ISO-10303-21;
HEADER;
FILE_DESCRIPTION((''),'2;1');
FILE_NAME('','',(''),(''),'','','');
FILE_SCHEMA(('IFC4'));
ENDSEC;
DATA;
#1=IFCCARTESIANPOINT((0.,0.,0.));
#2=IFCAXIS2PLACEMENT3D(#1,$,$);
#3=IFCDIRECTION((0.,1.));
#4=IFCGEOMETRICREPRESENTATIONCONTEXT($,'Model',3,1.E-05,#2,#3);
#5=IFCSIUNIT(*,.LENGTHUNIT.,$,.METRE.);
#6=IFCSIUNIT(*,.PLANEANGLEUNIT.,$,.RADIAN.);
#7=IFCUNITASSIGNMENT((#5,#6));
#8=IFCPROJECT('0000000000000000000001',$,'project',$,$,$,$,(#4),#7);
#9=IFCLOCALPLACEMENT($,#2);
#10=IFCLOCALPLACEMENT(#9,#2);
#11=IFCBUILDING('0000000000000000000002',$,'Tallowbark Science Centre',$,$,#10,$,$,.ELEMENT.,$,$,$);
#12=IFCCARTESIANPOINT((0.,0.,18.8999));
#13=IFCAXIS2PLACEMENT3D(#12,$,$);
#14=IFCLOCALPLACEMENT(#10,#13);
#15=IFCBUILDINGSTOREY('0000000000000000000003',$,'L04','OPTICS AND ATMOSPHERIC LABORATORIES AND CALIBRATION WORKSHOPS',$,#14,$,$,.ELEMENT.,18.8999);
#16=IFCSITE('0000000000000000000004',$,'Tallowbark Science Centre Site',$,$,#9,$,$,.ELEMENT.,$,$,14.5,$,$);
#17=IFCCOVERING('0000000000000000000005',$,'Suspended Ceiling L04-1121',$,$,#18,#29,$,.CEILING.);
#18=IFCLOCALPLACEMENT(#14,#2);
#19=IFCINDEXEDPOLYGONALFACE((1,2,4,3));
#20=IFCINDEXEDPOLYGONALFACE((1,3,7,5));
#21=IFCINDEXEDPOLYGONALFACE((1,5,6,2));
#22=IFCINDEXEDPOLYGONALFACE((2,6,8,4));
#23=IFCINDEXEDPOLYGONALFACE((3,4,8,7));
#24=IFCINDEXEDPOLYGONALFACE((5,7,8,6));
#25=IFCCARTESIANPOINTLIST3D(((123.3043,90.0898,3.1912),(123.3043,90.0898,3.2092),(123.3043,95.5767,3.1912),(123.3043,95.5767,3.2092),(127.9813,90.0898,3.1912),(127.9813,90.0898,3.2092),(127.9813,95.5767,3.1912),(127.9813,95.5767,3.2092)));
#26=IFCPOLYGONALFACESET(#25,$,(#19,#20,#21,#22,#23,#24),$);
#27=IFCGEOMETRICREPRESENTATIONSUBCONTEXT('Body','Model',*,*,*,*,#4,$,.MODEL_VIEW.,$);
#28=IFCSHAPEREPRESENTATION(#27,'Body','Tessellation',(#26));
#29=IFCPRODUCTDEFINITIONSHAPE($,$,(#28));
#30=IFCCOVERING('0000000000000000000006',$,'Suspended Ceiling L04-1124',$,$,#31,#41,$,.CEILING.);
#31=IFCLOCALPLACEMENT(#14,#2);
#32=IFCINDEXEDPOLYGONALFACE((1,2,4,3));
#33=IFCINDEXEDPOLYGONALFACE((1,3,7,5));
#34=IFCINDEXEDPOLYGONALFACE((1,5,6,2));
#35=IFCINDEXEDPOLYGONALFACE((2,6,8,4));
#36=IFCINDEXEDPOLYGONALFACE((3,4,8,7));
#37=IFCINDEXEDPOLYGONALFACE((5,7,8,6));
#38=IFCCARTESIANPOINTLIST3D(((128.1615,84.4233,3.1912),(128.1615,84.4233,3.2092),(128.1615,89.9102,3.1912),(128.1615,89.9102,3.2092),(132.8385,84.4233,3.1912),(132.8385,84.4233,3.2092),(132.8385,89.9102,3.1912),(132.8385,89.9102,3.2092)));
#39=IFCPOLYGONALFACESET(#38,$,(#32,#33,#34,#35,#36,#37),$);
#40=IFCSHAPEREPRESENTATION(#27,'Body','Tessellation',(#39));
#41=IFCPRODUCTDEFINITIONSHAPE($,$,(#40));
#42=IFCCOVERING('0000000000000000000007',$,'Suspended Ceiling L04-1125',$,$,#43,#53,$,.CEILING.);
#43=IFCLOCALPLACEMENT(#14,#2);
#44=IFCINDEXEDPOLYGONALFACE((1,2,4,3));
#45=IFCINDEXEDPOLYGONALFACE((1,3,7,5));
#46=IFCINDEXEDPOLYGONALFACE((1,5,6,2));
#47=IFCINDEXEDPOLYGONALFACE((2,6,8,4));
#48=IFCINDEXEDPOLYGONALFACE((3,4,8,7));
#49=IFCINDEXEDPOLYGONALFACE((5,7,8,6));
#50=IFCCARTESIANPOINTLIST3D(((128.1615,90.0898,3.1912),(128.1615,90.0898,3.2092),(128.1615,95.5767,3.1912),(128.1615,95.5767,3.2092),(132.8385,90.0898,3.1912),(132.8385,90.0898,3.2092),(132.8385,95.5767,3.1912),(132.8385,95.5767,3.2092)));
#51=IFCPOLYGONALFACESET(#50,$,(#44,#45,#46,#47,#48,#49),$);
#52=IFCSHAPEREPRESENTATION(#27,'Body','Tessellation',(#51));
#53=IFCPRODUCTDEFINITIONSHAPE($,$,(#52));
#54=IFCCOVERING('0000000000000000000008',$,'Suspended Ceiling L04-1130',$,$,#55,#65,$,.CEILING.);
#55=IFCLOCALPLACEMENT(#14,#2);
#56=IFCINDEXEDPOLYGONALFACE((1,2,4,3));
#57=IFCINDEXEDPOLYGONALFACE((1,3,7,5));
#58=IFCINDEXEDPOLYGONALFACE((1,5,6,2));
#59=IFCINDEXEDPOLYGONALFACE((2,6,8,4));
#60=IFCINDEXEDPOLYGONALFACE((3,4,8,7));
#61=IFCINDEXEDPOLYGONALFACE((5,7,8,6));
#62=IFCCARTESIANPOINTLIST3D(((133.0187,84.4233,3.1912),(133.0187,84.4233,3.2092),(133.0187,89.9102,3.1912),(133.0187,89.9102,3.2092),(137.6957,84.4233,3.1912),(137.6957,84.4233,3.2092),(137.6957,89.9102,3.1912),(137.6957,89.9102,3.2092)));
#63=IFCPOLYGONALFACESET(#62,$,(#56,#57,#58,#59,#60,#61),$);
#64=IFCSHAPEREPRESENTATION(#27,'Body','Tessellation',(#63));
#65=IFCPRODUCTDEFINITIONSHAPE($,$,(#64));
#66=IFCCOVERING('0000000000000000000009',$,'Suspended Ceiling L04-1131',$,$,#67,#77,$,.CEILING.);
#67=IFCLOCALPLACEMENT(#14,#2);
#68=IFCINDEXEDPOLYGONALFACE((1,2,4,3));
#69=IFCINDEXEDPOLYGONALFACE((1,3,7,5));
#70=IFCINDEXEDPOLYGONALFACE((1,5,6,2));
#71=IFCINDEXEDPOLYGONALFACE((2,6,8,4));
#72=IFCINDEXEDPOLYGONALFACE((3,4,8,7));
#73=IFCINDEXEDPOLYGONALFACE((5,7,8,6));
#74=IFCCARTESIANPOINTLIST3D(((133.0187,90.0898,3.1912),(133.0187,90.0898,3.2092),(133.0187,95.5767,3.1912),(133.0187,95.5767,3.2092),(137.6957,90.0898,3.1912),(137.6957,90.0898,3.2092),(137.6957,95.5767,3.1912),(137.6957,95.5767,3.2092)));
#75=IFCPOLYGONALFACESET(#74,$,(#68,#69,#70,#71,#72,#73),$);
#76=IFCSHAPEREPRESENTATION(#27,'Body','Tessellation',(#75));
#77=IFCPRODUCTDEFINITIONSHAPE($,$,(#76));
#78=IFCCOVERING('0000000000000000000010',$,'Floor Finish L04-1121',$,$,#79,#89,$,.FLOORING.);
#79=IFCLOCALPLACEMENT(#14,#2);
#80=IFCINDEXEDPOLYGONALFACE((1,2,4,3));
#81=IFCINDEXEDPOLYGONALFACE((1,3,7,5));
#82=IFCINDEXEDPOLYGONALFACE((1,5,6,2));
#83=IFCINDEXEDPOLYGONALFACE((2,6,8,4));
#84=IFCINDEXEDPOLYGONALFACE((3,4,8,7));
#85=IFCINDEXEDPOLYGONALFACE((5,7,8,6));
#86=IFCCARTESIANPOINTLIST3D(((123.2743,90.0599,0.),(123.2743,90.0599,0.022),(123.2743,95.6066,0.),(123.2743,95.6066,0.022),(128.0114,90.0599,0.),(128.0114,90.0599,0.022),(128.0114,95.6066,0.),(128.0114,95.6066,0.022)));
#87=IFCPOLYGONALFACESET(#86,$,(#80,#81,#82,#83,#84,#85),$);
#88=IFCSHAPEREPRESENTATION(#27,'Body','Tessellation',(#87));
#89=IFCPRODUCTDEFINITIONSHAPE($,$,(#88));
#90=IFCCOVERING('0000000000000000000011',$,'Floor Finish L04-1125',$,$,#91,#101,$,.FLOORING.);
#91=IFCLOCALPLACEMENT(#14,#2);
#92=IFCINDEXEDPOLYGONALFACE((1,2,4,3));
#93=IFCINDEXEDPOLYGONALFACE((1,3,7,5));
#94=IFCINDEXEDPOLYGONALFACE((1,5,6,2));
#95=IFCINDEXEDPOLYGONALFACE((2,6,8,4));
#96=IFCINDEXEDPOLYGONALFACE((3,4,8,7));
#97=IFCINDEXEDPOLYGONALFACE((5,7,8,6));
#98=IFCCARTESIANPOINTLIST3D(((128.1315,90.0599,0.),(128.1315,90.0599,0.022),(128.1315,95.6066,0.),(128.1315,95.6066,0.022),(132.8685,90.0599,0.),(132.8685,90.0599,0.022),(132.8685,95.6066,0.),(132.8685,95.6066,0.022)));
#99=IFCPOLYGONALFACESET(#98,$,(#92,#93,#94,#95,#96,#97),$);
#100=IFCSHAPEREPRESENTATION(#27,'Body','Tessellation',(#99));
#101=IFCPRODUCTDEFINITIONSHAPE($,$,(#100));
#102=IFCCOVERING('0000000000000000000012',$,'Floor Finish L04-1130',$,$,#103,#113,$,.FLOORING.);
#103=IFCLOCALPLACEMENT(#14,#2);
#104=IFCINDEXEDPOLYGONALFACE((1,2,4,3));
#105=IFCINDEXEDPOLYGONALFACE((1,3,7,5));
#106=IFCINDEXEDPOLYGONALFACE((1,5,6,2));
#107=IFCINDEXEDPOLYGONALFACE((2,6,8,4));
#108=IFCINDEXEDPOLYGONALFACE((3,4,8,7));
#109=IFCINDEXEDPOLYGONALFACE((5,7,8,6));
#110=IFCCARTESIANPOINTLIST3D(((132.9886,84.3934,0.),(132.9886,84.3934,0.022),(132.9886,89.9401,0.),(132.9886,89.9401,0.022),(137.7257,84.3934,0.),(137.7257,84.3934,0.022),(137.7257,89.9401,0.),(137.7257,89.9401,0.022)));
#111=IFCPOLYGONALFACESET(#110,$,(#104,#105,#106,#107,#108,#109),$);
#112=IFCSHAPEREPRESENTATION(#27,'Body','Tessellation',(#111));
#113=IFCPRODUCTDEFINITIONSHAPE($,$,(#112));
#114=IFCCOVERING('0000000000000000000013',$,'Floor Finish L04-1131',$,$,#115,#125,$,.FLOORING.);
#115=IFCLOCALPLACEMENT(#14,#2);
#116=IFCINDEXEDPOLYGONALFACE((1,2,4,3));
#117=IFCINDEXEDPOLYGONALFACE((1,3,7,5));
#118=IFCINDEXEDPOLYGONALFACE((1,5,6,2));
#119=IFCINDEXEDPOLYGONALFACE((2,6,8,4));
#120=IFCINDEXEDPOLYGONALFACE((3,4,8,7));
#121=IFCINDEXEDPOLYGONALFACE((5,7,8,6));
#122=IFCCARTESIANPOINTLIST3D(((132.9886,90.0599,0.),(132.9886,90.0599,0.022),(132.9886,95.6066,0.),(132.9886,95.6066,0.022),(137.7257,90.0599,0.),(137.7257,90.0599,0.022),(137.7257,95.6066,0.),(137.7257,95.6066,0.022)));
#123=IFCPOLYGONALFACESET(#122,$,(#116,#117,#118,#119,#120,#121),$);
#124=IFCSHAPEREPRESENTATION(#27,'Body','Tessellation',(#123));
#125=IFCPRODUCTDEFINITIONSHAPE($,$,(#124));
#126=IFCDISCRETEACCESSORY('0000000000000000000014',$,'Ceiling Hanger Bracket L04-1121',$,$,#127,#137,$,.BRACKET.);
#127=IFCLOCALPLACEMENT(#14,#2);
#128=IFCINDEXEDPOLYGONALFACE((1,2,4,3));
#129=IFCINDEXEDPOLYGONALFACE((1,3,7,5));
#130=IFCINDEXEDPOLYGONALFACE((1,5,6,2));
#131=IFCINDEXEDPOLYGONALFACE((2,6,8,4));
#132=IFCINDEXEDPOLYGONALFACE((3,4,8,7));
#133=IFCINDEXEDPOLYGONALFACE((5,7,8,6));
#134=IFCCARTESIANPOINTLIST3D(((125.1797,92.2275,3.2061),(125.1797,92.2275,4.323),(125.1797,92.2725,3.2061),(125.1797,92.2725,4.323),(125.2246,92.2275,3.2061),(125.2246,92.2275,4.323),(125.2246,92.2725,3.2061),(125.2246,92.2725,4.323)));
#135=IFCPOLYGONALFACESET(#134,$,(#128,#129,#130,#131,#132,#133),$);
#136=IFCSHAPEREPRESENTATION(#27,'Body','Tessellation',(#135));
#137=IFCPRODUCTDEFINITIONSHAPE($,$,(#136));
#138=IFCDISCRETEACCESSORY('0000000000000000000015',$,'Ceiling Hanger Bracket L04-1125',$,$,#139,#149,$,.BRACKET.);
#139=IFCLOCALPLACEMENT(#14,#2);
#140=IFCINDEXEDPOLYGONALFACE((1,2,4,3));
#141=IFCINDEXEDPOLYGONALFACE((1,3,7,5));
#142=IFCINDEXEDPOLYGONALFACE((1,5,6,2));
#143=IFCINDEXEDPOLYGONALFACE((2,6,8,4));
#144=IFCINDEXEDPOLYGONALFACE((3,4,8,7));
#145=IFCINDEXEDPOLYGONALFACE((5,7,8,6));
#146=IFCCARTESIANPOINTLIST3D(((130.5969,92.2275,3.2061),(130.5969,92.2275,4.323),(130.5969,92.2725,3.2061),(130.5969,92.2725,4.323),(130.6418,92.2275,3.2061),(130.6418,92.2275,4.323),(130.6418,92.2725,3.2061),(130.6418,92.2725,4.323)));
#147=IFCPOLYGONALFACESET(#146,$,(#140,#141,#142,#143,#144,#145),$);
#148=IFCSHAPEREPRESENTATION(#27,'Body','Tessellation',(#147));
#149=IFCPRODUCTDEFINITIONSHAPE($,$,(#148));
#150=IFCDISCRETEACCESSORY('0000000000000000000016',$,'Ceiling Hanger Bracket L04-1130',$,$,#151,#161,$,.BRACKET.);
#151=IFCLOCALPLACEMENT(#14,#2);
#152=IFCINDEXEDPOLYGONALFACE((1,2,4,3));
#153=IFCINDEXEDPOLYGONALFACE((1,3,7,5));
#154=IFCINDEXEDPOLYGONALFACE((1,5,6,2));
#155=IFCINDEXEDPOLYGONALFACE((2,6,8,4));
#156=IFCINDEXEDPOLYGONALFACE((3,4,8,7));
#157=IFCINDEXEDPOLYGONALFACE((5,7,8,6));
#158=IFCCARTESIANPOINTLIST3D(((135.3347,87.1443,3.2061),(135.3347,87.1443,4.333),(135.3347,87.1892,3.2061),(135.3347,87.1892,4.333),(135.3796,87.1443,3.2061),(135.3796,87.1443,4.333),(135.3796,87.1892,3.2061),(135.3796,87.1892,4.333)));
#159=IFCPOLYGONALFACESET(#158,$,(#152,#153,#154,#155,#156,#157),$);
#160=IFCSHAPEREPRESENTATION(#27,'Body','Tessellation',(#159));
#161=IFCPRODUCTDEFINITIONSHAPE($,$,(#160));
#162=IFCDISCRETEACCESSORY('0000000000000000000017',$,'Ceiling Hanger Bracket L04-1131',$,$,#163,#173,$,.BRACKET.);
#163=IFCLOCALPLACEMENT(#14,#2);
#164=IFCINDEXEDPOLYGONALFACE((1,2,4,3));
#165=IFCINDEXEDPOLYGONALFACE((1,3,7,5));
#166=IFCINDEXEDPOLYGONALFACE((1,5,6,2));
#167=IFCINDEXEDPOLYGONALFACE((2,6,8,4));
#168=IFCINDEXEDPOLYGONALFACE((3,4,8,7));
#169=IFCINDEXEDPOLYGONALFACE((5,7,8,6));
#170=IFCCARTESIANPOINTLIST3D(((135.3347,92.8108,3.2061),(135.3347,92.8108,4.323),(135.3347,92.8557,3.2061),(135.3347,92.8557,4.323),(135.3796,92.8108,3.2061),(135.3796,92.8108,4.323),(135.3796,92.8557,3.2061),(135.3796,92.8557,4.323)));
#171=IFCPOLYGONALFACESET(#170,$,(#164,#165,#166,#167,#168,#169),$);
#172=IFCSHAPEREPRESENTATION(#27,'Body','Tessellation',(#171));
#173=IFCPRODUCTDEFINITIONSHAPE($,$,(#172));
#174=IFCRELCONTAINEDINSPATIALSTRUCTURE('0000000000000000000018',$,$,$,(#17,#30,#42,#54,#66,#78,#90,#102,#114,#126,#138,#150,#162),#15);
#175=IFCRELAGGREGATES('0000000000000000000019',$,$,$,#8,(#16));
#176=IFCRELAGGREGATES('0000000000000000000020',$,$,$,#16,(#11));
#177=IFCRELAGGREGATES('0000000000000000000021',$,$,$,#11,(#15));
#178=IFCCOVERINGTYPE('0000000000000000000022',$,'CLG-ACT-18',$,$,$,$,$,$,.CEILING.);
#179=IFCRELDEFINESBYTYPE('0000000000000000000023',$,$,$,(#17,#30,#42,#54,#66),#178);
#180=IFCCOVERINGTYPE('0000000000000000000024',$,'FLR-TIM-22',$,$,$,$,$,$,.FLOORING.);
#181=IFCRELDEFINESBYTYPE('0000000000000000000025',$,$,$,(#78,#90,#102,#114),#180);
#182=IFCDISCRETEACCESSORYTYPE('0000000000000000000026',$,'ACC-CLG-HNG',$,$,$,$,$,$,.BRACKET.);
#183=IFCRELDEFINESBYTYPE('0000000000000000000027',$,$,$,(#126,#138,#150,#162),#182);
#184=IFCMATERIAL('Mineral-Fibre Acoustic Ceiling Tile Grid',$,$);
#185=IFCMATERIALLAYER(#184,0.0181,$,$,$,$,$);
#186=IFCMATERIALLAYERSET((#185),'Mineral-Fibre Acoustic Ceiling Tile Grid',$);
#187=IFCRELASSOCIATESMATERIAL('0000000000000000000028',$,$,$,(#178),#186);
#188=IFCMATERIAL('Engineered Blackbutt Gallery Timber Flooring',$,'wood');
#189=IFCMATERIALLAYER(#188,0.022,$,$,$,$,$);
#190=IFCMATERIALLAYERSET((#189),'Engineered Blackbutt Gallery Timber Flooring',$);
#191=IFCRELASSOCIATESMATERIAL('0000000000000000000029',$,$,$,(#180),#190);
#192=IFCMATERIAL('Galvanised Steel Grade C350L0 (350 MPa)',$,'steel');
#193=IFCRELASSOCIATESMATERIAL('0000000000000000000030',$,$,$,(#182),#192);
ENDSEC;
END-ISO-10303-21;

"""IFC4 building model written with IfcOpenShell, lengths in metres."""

from ifc_helpers import new_model, si_unit, direction, frame, origin, origin_2d, place, context, subcontext, project, spatial, rectangle, extrude, material, layer, layer_set, type_object, element, save


model = new_model("IFC4")

# Units and contexts
model_context = context("Model", 3, precision=1e-05, world=origin(), true_north=direction((0.0, 1.0)))
body_context = subcontext(model_context, "Body", "Model", "MODEL_VIEW")
ifc_project = project(units=[si_unit("LENGTHUNIT", "METRE"), si_unit("PLANEANGLEUNIT", "RADIAN")], contexts=[model_context])

# Site, building, storey
site_placement = place(None, origin())
site = spatial("IfcSite", under=ifc_project, at=site_placement, Name="Tallowbark Science Centre Site", CompositionType="ELEMENT", RefElevation=14.5)
building_placement = place(site_placement, origin())
building = spatial("IfcBuilding", under=site, at=building_placement, Name="Tallowbark Science Centre", CompositionType="ELEMENT")
storey_placement = place(building_placement, frame((0.0, 0.0, 18.8999)))
storey = spatial("IfcBuildingStorey", under=building, at=storey_placement, Name="L04", Description="OPTICS AND ATMOSPHERIC LABORATORIES AND CALIBRATION WORKSHOPS", CompositionType="ELEMENT", Elevation=18.8999)

# Coverings
ifc_material_1 = material(Name="Mineral-Fibre Acoustic Ceiling Tile Grid")
ifc_layer_1 = layer(ifc_material_1, 0.0181)
ifc_layer_set_1 = layer_set([ifc_layer_1], Name="Mineral-Fibre Acoustic Ceiling Tile Grid")
covering_type_1 = type_object("IfcCoveringType", Name="CLG-ACT-18", PredefinedType="CEILING", material=ifc_layer_set_1)
for number, where, z_axis, x_axis, name in (
    (1, (125.6428, 92.8333, 3.1912), (0.0, 0.0, 1.0), (1.0, 0.0, 0.0), "Suspended Ceiling L04-1121"),
    (2, (130.5, 87.1667, 3.1912), (0.0, 0.0, 1.0), (1.0, 0.0, 0.0), "Suspended Ceiling L04-1124"),
    (3, (130.5, 92.8333, 3.1912), (0.0, 0.0, 1.0), (1.0, 0.0, 0.0), "Suspended Ceiling L04-1125"),
    (4, (135.3572, 87.1667, 3.1912), (0.0, 0.0, 1.0), (1.0, 0.0, 0.0), "Suspended Ceiling L04-1130"),
    (5, (135.3572, 92.8333, 3.1912), (0.0, 0.0, 1.0), (1.0, 0.0, 0.0), "Suspended Ceiling L04-1131"),
):
    element("IfcCovering", number, at=place(storey_placement, frame(where, z_axis=z_axis, x_axis=x_axis)), inside=storey, type_object=covering_type_1, Name=name, PredefinedType="CEILING", context=body_context, shape_type="SweptSolid", body=[
        extrude(rectangle(XDim=4.677, YDim=5.4868, at=origin_2d()), origin(), (0.0, 0.0, 1.0), 0.0181),
    ])
ifc_material_2 = material(Name="Engineered Blackbutt Gallery Timber Flooring", Category="wood")
ifc_layer_2 = layer(ifc_material_2, 0.022)
ifc_layer_set_2 = layer_set([ifc_layer_2], Name="Engineered Blackbutt Gallery Timber Flooring")
covering_type_2 = type_object("IfcCoveringType", Name="FLR-TIM-22", PredefinedType="FLOORING", material=ifc_layer_set_2)
for number, where, z_axis, x_axis, name in (
    (6, (125.6428, 92.8333, 0.0), (0.0, 0.0, 1.0), (1.0, 0.0, 0.0), "Floor Finish L04-1121"),
    (7, (130.5, 92.8333, 0.0), (0.0, 0.0, 1.0), (1.0, 0.0, 0.0), "Floor Finish L04-1125"),
    (8, (135.3572, 87.1667, 0.0), (0.0, 0.0, 1.0), (1.0, 0.0, 0.0), "Floor Finish L04-1130"),
    (9, (135.3572, 92.8333, 0.0), (0.0, 0.0, 1.0), (1.0, 0.0, 0.0), "Floor Finish L04-1131"),
):
    element("IfcCovering", number, at=place(storey_placement, frame(where, z_axis=z_axis, x_axis=x_axis)), inside=storey, type_object=covering_type_2, Name=name, PredefinedType="FLOORING", context=body_context, shape_type="SweptSolid", body=[
        extrude(rectangle(XDim=4.7371, YDim=5.5466, at=origin_2d()), origin(), (0.0, 0.0, 1.0), 0.022),
    ])

# Discrete accessories
ifc_material_3 = material(Name="Galvanised Steel Grade C350L0 (350 MPa)", Category="steel")
discrete_accessory_type = type_object("IfcDiscreteAccessoryType", Name="ACC-CLG-HNG", PredefinedType="BRACKET", material=ifc_material_3)
for number, where, z_axis, x_axis, name in (
    (10, (125.2021, 92.25, 3.2061), (0.0, 0.0, 1.0), (1.0, 0.0, 0.0), "Ceiling Hanger Bracket L04-1121"),
    (11, (130.6194, 92.25, 3.2061), (0.0, 0.0, 1.0), (1.0, 0.0, 0.0), "Ceiling Hanger Bracket L04-1125"),
):
    element("IfcDiscreteAccessory", number, at=place(storey_placement, frame(where, z_axis=z_axis, x_axis=x_axis)), inside=storey, type_object=discrete_accessory_type, Name=name, PredefinedType="BRACKET", context=body_context, shape_type="SweptSolid", body=[
        extrude(rectangle(XDim=0.0449, YDim=0.0449, at=origin_2d()), origin(), (0.0, 0.0, 1.0), 1.1169),
    ])
discrete_accessory_1_placement = place(storey_placement, frame((135.3572, 87.1667, 3.2061), z_axis=(0.0, 0.0, 1.0), x_axis=(1.0, 0.0, 0.0)))
element("IfcDiscreteAccessory", 12, at=discrete_accessory_1_placement, inside=storey, type_object=discrete_accessory_type, Name="Ceiling Hanger Bracket L04-1130", PredefinedType="BRACKET", context=body_context, shape_type="SweptSolid", body=[
    extrude(rectangle(XDim=0.0449, YDim=0.0449, at=origin_2d()), origin(), (0.0, 0.0, 1.0), 1.127),
])
discrete_accessory_2_placement = place(storey_placement, frame((135.3572, 92.8333, 3.2061), z_axis=(0.0, 0.0, 1.0), x_axis=(1.0, 0.0, 0.0)))
element("IfcDiscreteAccessory", 13, at=discrete_accessory_2_placement, inside=storey, type_object=discrete_accessory_type, Name="Ceiling Hanger Bracket L04-1131", PredefinedType="BRACKET", context=body_context, shape_type="SweptSolid", body=[
    extrude(rectangle(XDim=0.0449, YDim=0.0449, at=origin_2d()), origin(), (0.0, 0.0, 1.0), 1.1169),
])

save(model, "model.ifc")
